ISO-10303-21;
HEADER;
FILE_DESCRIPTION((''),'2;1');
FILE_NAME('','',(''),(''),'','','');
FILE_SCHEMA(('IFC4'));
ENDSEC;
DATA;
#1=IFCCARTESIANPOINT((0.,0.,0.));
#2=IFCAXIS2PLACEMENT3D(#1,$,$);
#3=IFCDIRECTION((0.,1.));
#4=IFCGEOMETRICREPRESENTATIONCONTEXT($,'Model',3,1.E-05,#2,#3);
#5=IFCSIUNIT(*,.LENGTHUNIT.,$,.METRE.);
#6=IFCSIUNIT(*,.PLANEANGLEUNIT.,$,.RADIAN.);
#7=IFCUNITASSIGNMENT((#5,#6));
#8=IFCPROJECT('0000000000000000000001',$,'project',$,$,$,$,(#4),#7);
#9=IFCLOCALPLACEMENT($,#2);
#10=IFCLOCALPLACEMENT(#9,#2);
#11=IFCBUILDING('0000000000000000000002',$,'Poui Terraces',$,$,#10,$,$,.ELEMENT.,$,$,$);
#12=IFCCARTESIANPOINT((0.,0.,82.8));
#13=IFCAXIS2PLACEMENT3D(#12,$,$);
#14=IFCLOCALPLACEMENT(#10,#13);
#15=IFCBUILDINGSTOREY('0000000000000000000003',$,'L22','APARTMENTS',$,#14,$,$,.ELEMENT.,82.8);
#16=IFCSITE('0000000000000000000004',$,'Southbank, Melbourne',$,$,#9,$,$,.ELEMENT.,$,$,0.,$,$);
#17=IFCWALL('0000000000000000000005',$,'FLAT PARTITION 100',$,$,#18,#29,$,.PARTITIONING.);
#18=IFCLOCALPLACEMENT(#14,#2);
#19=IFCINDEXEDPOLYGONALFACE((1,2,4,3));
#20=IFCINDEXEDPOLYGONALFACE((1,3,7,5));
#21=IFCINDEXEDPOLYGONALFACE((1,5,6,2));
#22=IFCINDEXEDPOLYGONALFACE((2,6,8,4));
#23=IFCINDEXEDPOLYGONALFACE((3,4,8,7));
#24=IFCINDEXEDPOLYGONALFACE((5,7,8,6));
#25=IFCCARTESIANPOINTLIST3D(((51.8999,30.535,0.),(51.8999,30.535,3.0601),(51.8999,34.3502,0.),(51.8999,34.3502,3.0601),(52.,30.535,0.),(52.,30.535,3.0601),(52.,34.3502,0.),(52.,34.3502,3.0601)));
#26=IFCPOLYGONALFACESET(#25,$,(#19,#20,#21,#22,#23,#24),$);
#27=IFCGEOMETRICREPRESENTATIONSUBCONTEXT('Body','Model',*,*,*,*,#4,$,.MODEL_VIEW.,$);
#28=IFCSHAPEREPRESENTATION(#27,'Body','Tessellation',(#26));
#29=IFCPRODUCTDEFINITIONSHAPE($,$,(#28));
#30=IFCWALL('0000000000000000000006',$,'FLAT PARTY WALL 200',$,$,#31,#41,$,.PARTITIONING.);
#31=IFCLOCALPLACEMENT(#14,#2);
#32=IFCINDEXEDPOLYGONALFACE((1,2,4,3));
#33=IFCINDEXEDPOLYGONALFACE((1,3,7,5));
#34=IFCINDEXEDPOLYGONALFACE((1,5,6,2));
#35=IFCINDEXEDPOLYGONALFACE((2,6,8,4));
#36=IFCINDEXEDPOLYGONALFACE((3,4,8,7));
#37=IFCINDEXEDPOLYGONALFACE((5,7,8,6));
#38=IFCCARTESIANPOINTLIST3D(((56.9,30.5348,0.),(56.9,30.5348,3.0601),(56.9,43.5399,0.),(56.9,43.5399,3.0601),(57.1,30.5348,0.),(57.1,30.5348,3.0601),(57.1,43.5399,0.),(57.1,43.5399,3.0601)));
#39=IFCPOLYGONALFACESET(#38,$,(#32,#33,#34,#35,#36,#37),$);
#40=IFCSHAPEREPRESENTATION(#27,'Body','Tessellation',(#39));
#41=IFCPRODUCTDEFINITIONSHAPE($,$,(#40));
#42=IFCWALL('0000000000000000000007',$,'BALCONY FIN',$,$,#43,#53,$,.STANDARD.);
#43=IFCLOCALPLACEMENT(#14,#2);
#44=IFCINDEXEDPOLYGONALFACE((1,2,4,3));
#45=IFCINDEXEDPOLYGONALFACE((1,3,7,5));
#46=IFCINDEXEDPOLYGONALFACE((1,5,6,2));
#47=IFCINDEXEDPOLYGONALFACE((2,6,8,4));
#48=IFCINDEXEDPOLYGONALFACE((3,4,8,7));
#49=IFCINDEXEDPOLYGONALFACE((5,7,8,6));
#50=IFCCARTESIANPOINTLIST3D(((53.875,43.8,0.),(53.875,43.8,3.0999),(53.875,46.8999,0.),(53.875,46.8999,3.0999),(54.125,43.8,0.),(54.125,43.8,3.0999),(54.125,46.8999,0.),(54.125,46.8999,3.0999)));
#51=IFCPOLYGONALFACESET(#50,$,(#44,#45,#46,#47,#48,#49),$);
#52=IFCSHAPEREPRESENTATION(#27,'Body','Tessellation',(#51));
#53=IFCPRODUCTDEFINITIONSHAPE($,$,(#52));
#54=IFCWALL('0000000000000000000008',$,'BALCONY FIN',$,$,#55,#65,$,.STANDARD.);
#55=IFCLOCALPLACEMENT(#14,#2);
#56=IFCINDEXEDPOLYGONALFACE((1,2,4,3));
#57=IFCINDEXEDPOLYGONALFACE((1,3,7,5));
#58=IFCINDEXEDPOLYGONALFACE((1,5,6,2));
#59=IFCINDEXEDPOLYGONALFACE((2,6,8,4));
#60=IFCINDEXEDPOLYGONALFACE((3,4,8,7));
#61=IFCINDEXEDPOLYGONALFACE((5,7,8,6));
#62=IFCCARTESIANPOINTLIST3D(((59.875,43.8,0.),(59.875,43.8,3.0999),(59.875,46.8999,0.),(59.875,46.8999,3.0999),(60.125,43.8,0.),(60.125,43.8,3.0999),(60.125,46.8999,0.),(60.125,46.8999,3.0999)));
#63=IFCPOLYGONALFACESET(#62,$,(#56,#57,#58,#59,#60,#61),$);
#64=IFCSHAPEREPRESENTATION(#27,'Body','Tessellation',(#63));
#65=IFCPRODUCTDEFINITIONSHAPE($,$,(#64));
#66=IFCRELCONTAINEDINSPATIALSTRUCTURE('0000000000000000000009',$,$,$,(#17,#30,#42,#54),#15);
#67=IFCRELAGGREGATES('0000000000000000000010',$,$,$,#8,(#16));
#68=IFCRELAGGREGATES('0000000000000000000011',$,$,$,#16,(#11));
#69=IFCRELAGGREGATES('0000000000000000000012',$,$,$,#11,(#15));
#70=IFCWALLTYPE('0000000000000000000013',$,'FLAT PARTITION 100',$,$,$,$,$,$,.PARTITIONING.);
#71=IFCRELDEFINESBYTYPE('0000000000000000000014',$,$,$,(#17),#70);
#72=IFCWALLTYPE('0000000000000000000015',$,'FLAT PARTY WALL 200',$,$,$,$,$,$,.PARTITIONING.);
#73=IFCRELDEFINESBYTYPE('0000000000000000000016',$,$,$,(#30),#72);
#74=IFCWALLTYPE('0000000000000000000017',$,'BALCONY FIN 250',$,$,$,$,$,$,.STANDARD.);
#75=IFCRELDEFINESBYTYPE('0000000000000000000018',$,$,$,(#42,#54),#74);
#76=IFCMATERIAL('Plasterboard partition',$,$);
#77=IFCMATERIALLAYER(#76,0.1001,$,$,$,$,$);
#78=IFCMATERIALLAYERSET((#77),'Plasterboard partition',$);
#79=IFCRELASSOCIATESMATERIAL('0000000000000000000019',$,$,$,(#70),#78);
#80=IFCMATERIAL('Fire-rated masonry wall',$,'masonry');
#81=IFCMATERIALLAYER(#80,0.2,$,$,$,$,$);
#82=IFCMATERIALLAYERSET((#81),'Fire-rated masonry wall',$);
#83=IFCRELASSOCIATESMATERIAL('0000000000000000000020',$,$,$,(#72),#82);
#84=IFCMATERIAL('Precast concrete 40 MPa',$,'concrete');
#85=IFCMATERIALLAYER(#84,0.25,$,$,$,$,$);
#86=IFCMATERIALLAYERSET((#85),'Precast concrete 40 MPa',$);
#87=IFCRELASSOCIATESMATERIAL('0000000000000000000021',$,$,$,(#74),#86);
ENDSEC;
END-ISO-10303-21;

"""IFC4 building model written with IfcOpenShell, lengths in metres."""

from ifc_helpers import new_model, si_unit, direction, frame, frame_2d, origin, place, context, subcontext, project, spatial, polyline, rectangle, outline, extrude, source, transform, mapped, material, layer, layer_set, type_object, element, save


model = new_model("IFC4")

# Units and contexts
model_context = context("Model", 3, precision=1e-05, world=origin(), true_north=direction((0.0, 1.0)))
body_context = subcontext(model_context, "Body", "Model", "MODEL_VIEW")
ifc_project = project(units=[si_unit("LENGTHUNIT", "METRE"), si_unit("PLANEANGLEUNIT", "RADIAN")], contexts=[model_context])

# Site, building, storey
site_placement = place(None, origin())
site = spatial("IfcSite", under=ifc_project, at=site_placement, Name="Southbank, Melbourne", CompositionType="ELEMENT", RefElevation=0.0)
building_placement = place(site_placement, origin())
building = spatial("IfcBuilding", under=site, at=building_placement, Name="Poui Terraces", CompositionType="ELEMENT")
storey_placement = place(building_placement, frame((0.0, 0.0, 82.8)))
storey = spatial("IfcBuildingStorey", under=building, at=storey_placement, Name="L22", Description="APARTMENTS", CompositionType="ELEMENT", Elevation=82.8)

# Shared definitions
ifc_material_1 = material(Name="Plasterboard partition")
ifc_layer_1 = layer(ifc_material_1, 0.1001)
ifc_layer_set_1 = layer_set([ifc_layer_1], Name="Plasterboard partition")
wall_type_1 = type_object("IfcWallType", Name="FLAT PARTITION 100", PredefinedType="PARTITIONING", material=ifc_layer_set_1)

# Walls
wall_1_placement = place(storey_placement, frame((51.95, 30.5349, 0.0), z_axis=(0.0, 0.0, 1.0), x_axis=(0.0, 1.0, 0.0)))
element("IfcWall", 1, at=wall_1_placement, inside=storey, type_object=wall_type_1, Name="FLAT PARTITION 100", PredefinedType="PARTITIONING", context=body_context, shape_type="SweptSolid", body=[
    extrude(rectangle(XDim=3.8152, YDim=0.1001, at=frame_2d((1.9077, 0.0))), origin(), (0.0, 0.0, 1.0), 3.0601),
])
ifc_material_2 = material(Name="Fire-rated masonry wall", Category="masonry")
ifc_layer_2 = layer(ifc_material_2, 0.2)
ifc_layer_set_2 = layer_set([ifc_layer_2], Name="Fire-rated masonry wall")
wall_type_2 = type_object("IfcWallType", Name="FLAT PARTY WALL 200", PredefinedType="PARTITIONING", material=ifc_layer_set_2)
wall_2_placement = place(storey_placement, frame((57.0, 30.5349, 0.0), z_axis=(0.0, 0.0, 1.0), x_axis=(0.0, 1.0, 0.0)))
element("IfcWall", 2, at=wall_2_placement, inside=storey, type_object=wall_type_2, Name="FLAT PARTY WALL 200", PredefinedType="PARTITIONING", context=body_context, shape_type="SweptSolid", body=[
    extrude(rectangle(XDim=13.0051, YDim=0.2, at=frame_2d((6.5024, 0.0))), origin(), (0.0, 0.0, 1.0), 3.0601),
])
ifc_material_3 = material(Name="Precast concrete 40 MPa", Category="concrete")
ifc_layer_3 = layer(ifc_material_3, 0.25)
ifc_layer_set_3 = layer_set([ifc_layer_3], Name="Precast concrete 40 MPa")
wall_type_3 = type_object("IfcWallType", Name="BALCONY FIN 250", PredefinedType="STANDARD", material=ifc_layer_set_3)
shared_shape_1 = source(origin(), body_context, "Body", "SweptSolid", [
    extrude(outline(polyline([(0.0, 0.0), (0.25, 0.0), (0.25, 3.0999), (0.0, 3.0999), (0.0, 0.0)])), origin(), (0.0, 0.0, 1.0), 3.0999),
])
for number, where, name in (
    (3, (53.875, 43.8, 0.0), "BALCONY FIN"),
    (4, (59.875, 43.8, 0.0), "BALCONY FIN"),
):
    element("IfcWall", number, at=place(storey_placement, frame(where)), inside=storey, type_object=wall_type_3, Name=name, PredefinedType="STANDARD", context=body_context, shape_type="MappedRepresentation", body=[
        mapped(shared_shape_1, transform((0.0, 0.0, 0.0))),
    ])

save(model, "model.ifc")
